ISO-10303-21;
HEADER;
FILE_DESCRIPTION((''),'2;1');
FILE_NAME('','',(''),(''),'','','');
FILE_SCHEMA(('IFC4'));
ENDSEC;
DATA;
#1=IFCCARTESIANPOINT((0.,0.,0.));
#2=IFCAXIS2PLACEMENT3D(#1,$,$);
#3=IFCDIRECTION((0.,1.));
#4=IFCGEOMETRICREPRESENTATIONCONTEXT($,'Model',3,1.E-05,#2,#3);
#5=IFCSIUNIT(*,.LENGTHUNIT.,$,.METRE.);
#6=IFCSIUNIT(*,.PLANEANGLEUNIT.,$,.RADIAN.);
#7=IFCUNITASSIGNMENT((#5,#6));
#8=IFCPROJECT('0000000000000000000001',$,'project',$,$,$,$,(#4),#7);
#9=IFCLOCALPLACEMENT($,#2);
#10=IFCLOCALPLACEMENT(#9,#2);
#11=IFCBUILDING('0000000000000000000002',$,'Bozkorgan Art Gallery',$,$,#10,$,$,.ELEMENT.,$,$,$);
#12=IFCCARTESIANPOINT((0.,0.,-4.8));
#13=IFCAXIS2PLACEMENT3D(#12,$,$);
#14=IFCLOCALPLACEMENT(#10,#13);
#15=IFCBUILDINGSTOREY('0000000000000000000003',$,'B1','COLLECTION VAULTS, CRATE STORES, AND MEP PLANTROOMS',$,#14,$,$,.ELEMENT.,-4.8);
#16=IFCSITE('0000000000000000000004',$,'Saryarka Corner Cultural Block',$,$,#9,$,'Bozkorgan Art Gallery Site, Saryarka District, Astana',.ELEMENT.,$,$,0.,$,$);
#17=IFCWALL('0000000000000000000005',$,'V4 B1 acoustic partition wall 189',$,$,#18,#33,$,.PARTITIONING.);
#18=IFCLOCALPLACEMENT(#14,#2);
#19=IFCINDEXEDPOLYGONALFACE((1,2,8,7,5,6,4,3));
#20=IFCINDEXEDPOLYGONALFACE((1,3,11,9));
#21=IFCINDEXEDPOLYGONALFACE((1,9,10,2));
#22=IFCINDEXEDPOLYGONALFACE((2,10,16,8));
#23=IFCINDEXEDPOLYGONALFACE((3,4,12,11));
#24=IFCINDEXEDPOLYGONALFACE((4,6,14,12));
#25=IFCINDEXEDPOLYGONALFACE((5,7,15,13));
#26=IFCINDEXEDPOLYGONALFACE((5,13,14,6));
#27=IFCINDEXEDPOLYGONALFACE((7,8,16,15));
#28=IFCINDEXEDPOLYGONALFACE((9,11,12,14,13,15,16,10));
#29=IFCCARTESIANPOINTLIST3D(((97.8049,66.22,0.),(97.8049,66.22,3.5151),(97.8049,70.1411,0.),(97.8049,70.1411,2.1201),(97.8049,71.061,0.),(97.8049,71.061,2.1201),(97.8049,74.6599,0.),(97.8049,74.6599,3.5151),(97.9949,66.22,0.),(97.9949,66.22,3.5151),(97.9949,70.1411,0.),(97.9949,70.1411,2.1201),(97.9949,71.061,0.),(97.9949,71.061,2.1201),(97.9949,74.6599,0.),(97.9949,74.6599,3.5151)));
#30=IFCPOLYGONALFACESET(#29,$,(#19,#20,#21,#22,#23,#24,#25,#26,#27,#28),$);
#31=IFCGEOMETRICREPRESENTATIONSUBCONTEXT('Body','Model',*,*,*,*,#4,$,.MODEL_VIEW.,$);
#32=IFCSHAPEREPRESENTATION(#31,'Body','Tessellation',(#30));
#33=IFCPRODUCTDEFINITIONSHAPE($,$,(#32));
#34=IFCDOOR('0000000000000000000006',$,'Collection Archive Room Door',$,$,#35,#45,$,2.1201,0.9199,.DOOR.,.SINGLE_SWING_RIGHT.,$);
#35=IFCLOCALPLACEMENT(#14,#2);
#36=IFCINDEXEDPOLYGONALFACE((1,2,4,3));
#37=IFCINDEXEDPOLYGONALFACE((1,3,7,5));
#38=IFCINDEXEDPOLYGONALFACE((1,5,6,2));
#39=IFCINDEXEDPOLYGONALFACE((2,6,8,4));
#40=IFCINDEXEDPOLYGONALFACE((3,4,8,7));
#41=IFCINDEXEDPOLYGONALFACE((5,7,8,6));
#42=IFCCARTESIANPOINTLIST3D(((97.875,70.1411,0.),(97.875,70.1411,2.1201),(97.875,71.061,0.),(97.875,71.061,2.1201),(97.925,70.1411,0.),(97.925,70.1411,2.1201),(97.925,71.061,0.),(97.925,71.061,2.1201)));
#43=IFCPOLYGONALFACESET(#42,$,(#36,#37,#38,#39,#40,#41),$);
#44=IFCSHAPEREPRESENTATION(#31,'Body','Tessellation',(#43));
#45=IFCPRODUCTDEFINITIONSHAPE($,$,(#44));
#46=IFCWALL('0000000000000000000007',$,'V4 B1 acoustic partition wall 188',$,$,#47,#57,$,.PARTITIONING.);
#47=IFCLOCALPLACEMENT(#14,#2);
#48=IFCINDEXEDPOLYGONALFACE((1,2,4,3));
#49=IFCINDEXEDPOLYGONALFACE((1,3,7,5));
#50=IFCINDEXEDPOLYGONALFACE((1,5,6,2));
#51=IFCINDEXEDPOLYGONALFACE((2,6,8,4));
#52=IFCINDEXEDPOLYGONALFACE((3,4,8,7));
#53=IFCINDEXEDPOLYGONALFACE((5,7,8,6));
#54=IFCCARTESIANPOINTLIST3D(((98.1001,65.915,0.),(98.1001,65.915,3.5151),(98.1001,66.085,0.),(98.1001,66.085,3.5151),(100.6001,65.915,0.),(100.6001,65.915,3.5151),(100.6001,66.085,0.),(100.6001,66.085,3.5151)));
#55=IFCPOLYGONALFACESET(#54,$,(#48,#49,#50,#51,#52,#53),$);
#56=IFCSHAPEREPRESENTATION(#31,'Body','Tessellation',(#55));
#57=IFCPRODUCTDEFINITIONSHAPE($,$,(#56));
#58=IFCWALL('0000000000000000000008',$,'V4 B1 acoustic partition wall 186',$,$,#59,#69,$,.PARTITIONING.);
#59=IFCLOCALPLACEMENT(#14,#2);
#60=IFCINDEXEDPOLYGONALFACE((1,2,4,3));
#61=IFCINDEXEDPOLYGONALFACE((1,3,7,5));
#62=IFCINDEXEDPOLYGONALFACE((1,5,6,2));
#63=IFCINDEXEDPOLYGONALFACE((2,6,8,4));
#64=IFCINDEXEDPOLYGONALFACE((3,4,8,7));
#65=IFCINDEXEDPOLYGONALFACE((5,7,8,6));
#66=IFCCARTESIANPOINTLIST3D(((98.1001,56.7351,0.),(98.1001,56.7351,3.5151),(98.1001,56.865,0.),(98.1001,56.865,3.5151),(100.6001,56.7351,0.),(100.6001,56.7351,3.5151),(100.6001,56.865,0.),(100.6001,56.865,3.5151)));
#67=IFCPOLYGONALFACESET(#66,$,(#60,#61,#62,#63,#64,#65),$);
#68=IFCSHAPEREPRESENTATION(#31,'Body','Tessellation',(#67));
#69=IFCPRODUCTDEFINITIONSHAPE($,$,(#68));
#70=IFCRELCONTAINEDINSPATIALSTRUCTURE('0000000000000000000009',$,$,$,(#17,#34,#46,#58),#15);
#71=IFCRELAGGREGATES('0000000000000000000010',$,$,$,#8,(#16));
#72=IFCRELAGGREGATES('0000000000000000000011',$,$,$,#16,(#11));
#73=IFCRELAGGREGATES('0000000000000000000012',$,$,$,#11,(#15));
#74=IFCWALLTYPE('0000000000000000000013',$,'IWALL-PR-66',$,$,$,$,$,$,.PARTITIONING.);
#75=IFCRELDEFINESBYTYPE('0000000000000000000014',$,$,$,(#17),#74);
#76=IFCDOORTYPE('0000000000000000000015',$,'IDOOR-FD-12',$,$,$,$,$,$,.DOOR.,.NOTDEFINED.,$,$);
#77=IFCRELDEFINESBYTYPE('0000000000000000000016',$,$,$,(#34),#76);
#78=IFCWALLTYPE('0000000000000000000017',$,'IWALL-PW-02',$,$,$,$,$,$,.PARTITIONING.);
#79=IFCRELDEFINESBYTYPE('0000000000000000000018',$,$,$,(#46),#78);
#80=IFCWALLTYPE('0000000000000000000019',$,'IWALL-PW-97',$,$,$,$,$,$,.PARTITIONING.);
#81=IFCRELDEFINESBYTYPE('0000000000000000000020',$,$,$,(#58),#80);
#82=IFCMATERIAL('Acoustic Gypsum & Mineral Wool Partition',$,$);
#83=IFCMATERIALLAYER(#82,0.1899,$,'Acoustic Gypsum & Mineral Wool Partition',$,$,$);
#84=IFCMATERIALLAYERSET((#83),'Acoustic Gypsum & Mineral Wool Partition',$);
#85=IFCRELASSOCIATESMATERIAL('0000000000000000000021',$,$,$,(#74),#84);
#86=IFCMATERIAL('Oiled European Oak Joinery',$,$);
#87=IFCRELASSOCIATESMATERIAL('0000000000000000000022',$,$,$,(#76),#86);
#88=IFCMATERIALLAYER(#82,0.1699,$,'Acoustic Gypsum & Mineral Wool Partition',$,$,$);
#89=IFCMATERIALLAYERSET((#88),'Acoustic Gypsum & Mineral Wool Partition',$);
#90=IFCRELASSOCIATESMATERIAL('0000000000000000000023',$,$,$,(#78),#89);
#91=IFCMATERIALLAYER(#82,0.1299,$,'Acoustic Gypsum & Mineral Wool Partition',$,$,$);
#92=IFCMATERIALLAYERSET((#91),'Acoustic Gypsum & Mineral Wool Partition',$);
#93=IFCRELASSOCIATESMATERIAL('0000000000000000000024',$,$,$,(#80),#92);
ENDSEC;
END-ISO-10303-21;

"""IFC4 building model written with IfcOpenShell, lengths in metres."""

from ifc_helpers import new_model, si_unit, direction, frame, frame_2d, origin, place, context, subcontext, project, spatial, rectangle, extrude, material, layer, layer_set, type_object, element, fill, save


model = new_model("IFC4")

# Units and contexts
model_context = context("Model", 3, precision=1e-05, world=origin(), true_north=direction((0.0, 1.0)))
body_context = subcontext(model_context, "Body", "Model", "MODEL_VIEW")
ifc_project = project(units=[si_unit("LENGTHUNIT", "METRE"), si_unit("PLANEANGLEUNIT", "RADIAN")], contexts=[model_context])

# Site, building, storey
site_placement = place(None, origin())
site = spatial("IfcSite", under=ifc_project, at=site_placement, Name="Saryarka Corner Cultural Block", LongName="Bozkorgan Art Gallery Site, Saryarka District, Astana", CompositionType="ELEMENT", RefElevation=0.0)
building_placement = place(site_placement, origin())
building = spatial("IfcBuilding", under=site, at=building_placement, Name="Bozkorgan Art Gallery", CompositionType="ELEMENT")
storey_placement = place(building_placement, frame((0.0, 0.0, -4.8)))
storey = spatial("IfcBuildingStorey", under=building, at=storey_placement, Name="B1", Description="COLLECTION VAULTS, CRATE STORES, AND MEP PLANTROOMS", CompositionType="ELEMENT", Elevation=-4.8)

# Wall, opening, door
ifc_material_1 = material(Name="Acoustic Gypsum & Mineral Wool Partition")
ifc_material_2 = material(Name="Oiled European Oak Joinery")
ifc_layer_1 = layer(ifc_material_1, 0.1899, Name="Acoustic Gypsum & Mineral Wool Partition")
ifc_layer_set_1 = layer_set([ifc_layer_1], Name="Acoustic Gypsum & Mineral Wool Partition")
wall_type_1 = type_object("IfcWallType", Name="IWALL-PR-66", PredefinedType="PARTITIONING", material=ifc_layer_set_1)
wall_1_placement = place(storey_placement, frame((97.8999, 66.22, 0.0), z_axis=(0.0, 0.0, 1.0), x_axis=(0.0, 1.0, 0.0)))
wall_1 = element("IfcWall", 1, at=wall_1_placement, inside=storey, type_object=wall_type_1, Name="V4 B1 acoustic partition wall 189", PredefinedType="PARTITIONING", context=body_context, shape_type="SweptSolid", body=[
    extrude(rectangle(XDim=8.4399, YDim=0.1899, at=frame_2d((4.22, 0.0))), origin(), (0.0, 0.0, 1.0), 3.5151),
])
opening_1_placement = place(wall_1_placement, frame((3.9211, 0.0, 0.0)))
opening_1 = element("IfcOpeningElement", 2, at=opening_1_placement, cuts=wall_1, PredefinedType="OPENING", context=body_context, shape_type="SweptSolid", body=[
    extrude(rectangle(XDim=0.9199, YDim=2.1201, at=frame_2d((0.46, 1.0601))), frame((0.0, 0.105, 0.0), z_axis=(0.0, -1.0, 0.0), x_axis=(1.0, 0.0, 0.0)), (0.0, 0.0, 1.0), 0.21),
])
door_type_1 = type_object("IfcDoorType", Name="IDOOR-FD-12", OperationType="NOTDEFINED", PredefinedType="DOOR", material=ifc_material_2)
door_1_placement = place(opening_1_placement, origin())
door_1 = element("IfcDoor", 3, at=door_1_placement, inside=storey, type_object=door_type_1, Name="Collection Archive Room Door", OperationType="SINGLE_SWING_RIGHT", OverallHeight=2.1201, OverallWidth=0.9199, PredefinedType="DOOR", context=body_context, shape_type="SweptSolid", body=[
    extrude(rectangle(XDim=0.9199, YDim=2.1201, at=frame_2d((0.46, 1.0601))), frame((0.0, 0.0249, 0.0), z_axis=(0.0, -1.0, 0.0), x_axis=(1.0, 0.0, 0.0)), (0.0, 0.0, 1.0), 0.05),
])
fill(opening_1, door_1)

# Walls
ifc_layer_2 = layer(ifc_material_1, 0.1699, Name="Acoustic Gypsum & Mineral Wool Partition")
ifc_layer_set_2 = layer_set([ifc_layer_2], Name="Acoustic Gypsum & Mineral Wool Partition")
wall_type_2 = type_object("IfcWallType", Name="IWALL-PW-02", PredefinedType="PARTITIONING", material=ifc_layer_set_2)
wall_2_placement = place(storey_placement, frame((98.1001, 66.0, 0.0), z_axis=(0.0, 0.0, 1.0), x_axis=(1.0, 0.0, 0.0)))
element("IfcWall", 4, at=wall_2_placement, inside=storey, type_object=wall_type_2, Name="V4 B1 acoustic partition wall 188", PredefinedType="PARTITIONING", context=body_context, shape_type="SweptSolid", body=[
    extrude(rectangle(XDim=2.5, YDim=0.1699, at=frame_2d((1.25, 0.0))), origin(), (0.0, 0.0, 1.0), 3.5151),
])
ifc_layer_3 = layer(ifc_material_1, 0.1299, Name="Acoustic Gypsum & Mineral Wool Partition")
ifc_layer_set_3 = layer_set([ifc_layer_3], Name="Acoustic Gypsum & Mineral Wool Partition")
wall_type_3 = type_object("IfcWallType", Name="IWALL-PW-97", PredefinedType="PARTITIONING", material=ifc_layer_set_3)
wall_3_placement = place(storey_placement, frame((98.1001, 56.8, 0.0), z_axis=(0.0, 0.0, 1.0), x_axis=(1.0, 0.0, 0.0)))
element("IfcWall", 5, at=wall_3_placement, inside=storey, type_object=wall_type_3, Name="V4 B1 acoustic partition wall 186", PredefinedType="PARTITIONING", context=body_context, shape_type="SweptSolid", body=[
    extrude(rectangle(XDim=2.5, YDim=0.1299, at=frame_2d((1.25, 0.0))), origin(), (0.0, 0.0, 1.0), 3.5151),
])

save(model, "model.ifc")
